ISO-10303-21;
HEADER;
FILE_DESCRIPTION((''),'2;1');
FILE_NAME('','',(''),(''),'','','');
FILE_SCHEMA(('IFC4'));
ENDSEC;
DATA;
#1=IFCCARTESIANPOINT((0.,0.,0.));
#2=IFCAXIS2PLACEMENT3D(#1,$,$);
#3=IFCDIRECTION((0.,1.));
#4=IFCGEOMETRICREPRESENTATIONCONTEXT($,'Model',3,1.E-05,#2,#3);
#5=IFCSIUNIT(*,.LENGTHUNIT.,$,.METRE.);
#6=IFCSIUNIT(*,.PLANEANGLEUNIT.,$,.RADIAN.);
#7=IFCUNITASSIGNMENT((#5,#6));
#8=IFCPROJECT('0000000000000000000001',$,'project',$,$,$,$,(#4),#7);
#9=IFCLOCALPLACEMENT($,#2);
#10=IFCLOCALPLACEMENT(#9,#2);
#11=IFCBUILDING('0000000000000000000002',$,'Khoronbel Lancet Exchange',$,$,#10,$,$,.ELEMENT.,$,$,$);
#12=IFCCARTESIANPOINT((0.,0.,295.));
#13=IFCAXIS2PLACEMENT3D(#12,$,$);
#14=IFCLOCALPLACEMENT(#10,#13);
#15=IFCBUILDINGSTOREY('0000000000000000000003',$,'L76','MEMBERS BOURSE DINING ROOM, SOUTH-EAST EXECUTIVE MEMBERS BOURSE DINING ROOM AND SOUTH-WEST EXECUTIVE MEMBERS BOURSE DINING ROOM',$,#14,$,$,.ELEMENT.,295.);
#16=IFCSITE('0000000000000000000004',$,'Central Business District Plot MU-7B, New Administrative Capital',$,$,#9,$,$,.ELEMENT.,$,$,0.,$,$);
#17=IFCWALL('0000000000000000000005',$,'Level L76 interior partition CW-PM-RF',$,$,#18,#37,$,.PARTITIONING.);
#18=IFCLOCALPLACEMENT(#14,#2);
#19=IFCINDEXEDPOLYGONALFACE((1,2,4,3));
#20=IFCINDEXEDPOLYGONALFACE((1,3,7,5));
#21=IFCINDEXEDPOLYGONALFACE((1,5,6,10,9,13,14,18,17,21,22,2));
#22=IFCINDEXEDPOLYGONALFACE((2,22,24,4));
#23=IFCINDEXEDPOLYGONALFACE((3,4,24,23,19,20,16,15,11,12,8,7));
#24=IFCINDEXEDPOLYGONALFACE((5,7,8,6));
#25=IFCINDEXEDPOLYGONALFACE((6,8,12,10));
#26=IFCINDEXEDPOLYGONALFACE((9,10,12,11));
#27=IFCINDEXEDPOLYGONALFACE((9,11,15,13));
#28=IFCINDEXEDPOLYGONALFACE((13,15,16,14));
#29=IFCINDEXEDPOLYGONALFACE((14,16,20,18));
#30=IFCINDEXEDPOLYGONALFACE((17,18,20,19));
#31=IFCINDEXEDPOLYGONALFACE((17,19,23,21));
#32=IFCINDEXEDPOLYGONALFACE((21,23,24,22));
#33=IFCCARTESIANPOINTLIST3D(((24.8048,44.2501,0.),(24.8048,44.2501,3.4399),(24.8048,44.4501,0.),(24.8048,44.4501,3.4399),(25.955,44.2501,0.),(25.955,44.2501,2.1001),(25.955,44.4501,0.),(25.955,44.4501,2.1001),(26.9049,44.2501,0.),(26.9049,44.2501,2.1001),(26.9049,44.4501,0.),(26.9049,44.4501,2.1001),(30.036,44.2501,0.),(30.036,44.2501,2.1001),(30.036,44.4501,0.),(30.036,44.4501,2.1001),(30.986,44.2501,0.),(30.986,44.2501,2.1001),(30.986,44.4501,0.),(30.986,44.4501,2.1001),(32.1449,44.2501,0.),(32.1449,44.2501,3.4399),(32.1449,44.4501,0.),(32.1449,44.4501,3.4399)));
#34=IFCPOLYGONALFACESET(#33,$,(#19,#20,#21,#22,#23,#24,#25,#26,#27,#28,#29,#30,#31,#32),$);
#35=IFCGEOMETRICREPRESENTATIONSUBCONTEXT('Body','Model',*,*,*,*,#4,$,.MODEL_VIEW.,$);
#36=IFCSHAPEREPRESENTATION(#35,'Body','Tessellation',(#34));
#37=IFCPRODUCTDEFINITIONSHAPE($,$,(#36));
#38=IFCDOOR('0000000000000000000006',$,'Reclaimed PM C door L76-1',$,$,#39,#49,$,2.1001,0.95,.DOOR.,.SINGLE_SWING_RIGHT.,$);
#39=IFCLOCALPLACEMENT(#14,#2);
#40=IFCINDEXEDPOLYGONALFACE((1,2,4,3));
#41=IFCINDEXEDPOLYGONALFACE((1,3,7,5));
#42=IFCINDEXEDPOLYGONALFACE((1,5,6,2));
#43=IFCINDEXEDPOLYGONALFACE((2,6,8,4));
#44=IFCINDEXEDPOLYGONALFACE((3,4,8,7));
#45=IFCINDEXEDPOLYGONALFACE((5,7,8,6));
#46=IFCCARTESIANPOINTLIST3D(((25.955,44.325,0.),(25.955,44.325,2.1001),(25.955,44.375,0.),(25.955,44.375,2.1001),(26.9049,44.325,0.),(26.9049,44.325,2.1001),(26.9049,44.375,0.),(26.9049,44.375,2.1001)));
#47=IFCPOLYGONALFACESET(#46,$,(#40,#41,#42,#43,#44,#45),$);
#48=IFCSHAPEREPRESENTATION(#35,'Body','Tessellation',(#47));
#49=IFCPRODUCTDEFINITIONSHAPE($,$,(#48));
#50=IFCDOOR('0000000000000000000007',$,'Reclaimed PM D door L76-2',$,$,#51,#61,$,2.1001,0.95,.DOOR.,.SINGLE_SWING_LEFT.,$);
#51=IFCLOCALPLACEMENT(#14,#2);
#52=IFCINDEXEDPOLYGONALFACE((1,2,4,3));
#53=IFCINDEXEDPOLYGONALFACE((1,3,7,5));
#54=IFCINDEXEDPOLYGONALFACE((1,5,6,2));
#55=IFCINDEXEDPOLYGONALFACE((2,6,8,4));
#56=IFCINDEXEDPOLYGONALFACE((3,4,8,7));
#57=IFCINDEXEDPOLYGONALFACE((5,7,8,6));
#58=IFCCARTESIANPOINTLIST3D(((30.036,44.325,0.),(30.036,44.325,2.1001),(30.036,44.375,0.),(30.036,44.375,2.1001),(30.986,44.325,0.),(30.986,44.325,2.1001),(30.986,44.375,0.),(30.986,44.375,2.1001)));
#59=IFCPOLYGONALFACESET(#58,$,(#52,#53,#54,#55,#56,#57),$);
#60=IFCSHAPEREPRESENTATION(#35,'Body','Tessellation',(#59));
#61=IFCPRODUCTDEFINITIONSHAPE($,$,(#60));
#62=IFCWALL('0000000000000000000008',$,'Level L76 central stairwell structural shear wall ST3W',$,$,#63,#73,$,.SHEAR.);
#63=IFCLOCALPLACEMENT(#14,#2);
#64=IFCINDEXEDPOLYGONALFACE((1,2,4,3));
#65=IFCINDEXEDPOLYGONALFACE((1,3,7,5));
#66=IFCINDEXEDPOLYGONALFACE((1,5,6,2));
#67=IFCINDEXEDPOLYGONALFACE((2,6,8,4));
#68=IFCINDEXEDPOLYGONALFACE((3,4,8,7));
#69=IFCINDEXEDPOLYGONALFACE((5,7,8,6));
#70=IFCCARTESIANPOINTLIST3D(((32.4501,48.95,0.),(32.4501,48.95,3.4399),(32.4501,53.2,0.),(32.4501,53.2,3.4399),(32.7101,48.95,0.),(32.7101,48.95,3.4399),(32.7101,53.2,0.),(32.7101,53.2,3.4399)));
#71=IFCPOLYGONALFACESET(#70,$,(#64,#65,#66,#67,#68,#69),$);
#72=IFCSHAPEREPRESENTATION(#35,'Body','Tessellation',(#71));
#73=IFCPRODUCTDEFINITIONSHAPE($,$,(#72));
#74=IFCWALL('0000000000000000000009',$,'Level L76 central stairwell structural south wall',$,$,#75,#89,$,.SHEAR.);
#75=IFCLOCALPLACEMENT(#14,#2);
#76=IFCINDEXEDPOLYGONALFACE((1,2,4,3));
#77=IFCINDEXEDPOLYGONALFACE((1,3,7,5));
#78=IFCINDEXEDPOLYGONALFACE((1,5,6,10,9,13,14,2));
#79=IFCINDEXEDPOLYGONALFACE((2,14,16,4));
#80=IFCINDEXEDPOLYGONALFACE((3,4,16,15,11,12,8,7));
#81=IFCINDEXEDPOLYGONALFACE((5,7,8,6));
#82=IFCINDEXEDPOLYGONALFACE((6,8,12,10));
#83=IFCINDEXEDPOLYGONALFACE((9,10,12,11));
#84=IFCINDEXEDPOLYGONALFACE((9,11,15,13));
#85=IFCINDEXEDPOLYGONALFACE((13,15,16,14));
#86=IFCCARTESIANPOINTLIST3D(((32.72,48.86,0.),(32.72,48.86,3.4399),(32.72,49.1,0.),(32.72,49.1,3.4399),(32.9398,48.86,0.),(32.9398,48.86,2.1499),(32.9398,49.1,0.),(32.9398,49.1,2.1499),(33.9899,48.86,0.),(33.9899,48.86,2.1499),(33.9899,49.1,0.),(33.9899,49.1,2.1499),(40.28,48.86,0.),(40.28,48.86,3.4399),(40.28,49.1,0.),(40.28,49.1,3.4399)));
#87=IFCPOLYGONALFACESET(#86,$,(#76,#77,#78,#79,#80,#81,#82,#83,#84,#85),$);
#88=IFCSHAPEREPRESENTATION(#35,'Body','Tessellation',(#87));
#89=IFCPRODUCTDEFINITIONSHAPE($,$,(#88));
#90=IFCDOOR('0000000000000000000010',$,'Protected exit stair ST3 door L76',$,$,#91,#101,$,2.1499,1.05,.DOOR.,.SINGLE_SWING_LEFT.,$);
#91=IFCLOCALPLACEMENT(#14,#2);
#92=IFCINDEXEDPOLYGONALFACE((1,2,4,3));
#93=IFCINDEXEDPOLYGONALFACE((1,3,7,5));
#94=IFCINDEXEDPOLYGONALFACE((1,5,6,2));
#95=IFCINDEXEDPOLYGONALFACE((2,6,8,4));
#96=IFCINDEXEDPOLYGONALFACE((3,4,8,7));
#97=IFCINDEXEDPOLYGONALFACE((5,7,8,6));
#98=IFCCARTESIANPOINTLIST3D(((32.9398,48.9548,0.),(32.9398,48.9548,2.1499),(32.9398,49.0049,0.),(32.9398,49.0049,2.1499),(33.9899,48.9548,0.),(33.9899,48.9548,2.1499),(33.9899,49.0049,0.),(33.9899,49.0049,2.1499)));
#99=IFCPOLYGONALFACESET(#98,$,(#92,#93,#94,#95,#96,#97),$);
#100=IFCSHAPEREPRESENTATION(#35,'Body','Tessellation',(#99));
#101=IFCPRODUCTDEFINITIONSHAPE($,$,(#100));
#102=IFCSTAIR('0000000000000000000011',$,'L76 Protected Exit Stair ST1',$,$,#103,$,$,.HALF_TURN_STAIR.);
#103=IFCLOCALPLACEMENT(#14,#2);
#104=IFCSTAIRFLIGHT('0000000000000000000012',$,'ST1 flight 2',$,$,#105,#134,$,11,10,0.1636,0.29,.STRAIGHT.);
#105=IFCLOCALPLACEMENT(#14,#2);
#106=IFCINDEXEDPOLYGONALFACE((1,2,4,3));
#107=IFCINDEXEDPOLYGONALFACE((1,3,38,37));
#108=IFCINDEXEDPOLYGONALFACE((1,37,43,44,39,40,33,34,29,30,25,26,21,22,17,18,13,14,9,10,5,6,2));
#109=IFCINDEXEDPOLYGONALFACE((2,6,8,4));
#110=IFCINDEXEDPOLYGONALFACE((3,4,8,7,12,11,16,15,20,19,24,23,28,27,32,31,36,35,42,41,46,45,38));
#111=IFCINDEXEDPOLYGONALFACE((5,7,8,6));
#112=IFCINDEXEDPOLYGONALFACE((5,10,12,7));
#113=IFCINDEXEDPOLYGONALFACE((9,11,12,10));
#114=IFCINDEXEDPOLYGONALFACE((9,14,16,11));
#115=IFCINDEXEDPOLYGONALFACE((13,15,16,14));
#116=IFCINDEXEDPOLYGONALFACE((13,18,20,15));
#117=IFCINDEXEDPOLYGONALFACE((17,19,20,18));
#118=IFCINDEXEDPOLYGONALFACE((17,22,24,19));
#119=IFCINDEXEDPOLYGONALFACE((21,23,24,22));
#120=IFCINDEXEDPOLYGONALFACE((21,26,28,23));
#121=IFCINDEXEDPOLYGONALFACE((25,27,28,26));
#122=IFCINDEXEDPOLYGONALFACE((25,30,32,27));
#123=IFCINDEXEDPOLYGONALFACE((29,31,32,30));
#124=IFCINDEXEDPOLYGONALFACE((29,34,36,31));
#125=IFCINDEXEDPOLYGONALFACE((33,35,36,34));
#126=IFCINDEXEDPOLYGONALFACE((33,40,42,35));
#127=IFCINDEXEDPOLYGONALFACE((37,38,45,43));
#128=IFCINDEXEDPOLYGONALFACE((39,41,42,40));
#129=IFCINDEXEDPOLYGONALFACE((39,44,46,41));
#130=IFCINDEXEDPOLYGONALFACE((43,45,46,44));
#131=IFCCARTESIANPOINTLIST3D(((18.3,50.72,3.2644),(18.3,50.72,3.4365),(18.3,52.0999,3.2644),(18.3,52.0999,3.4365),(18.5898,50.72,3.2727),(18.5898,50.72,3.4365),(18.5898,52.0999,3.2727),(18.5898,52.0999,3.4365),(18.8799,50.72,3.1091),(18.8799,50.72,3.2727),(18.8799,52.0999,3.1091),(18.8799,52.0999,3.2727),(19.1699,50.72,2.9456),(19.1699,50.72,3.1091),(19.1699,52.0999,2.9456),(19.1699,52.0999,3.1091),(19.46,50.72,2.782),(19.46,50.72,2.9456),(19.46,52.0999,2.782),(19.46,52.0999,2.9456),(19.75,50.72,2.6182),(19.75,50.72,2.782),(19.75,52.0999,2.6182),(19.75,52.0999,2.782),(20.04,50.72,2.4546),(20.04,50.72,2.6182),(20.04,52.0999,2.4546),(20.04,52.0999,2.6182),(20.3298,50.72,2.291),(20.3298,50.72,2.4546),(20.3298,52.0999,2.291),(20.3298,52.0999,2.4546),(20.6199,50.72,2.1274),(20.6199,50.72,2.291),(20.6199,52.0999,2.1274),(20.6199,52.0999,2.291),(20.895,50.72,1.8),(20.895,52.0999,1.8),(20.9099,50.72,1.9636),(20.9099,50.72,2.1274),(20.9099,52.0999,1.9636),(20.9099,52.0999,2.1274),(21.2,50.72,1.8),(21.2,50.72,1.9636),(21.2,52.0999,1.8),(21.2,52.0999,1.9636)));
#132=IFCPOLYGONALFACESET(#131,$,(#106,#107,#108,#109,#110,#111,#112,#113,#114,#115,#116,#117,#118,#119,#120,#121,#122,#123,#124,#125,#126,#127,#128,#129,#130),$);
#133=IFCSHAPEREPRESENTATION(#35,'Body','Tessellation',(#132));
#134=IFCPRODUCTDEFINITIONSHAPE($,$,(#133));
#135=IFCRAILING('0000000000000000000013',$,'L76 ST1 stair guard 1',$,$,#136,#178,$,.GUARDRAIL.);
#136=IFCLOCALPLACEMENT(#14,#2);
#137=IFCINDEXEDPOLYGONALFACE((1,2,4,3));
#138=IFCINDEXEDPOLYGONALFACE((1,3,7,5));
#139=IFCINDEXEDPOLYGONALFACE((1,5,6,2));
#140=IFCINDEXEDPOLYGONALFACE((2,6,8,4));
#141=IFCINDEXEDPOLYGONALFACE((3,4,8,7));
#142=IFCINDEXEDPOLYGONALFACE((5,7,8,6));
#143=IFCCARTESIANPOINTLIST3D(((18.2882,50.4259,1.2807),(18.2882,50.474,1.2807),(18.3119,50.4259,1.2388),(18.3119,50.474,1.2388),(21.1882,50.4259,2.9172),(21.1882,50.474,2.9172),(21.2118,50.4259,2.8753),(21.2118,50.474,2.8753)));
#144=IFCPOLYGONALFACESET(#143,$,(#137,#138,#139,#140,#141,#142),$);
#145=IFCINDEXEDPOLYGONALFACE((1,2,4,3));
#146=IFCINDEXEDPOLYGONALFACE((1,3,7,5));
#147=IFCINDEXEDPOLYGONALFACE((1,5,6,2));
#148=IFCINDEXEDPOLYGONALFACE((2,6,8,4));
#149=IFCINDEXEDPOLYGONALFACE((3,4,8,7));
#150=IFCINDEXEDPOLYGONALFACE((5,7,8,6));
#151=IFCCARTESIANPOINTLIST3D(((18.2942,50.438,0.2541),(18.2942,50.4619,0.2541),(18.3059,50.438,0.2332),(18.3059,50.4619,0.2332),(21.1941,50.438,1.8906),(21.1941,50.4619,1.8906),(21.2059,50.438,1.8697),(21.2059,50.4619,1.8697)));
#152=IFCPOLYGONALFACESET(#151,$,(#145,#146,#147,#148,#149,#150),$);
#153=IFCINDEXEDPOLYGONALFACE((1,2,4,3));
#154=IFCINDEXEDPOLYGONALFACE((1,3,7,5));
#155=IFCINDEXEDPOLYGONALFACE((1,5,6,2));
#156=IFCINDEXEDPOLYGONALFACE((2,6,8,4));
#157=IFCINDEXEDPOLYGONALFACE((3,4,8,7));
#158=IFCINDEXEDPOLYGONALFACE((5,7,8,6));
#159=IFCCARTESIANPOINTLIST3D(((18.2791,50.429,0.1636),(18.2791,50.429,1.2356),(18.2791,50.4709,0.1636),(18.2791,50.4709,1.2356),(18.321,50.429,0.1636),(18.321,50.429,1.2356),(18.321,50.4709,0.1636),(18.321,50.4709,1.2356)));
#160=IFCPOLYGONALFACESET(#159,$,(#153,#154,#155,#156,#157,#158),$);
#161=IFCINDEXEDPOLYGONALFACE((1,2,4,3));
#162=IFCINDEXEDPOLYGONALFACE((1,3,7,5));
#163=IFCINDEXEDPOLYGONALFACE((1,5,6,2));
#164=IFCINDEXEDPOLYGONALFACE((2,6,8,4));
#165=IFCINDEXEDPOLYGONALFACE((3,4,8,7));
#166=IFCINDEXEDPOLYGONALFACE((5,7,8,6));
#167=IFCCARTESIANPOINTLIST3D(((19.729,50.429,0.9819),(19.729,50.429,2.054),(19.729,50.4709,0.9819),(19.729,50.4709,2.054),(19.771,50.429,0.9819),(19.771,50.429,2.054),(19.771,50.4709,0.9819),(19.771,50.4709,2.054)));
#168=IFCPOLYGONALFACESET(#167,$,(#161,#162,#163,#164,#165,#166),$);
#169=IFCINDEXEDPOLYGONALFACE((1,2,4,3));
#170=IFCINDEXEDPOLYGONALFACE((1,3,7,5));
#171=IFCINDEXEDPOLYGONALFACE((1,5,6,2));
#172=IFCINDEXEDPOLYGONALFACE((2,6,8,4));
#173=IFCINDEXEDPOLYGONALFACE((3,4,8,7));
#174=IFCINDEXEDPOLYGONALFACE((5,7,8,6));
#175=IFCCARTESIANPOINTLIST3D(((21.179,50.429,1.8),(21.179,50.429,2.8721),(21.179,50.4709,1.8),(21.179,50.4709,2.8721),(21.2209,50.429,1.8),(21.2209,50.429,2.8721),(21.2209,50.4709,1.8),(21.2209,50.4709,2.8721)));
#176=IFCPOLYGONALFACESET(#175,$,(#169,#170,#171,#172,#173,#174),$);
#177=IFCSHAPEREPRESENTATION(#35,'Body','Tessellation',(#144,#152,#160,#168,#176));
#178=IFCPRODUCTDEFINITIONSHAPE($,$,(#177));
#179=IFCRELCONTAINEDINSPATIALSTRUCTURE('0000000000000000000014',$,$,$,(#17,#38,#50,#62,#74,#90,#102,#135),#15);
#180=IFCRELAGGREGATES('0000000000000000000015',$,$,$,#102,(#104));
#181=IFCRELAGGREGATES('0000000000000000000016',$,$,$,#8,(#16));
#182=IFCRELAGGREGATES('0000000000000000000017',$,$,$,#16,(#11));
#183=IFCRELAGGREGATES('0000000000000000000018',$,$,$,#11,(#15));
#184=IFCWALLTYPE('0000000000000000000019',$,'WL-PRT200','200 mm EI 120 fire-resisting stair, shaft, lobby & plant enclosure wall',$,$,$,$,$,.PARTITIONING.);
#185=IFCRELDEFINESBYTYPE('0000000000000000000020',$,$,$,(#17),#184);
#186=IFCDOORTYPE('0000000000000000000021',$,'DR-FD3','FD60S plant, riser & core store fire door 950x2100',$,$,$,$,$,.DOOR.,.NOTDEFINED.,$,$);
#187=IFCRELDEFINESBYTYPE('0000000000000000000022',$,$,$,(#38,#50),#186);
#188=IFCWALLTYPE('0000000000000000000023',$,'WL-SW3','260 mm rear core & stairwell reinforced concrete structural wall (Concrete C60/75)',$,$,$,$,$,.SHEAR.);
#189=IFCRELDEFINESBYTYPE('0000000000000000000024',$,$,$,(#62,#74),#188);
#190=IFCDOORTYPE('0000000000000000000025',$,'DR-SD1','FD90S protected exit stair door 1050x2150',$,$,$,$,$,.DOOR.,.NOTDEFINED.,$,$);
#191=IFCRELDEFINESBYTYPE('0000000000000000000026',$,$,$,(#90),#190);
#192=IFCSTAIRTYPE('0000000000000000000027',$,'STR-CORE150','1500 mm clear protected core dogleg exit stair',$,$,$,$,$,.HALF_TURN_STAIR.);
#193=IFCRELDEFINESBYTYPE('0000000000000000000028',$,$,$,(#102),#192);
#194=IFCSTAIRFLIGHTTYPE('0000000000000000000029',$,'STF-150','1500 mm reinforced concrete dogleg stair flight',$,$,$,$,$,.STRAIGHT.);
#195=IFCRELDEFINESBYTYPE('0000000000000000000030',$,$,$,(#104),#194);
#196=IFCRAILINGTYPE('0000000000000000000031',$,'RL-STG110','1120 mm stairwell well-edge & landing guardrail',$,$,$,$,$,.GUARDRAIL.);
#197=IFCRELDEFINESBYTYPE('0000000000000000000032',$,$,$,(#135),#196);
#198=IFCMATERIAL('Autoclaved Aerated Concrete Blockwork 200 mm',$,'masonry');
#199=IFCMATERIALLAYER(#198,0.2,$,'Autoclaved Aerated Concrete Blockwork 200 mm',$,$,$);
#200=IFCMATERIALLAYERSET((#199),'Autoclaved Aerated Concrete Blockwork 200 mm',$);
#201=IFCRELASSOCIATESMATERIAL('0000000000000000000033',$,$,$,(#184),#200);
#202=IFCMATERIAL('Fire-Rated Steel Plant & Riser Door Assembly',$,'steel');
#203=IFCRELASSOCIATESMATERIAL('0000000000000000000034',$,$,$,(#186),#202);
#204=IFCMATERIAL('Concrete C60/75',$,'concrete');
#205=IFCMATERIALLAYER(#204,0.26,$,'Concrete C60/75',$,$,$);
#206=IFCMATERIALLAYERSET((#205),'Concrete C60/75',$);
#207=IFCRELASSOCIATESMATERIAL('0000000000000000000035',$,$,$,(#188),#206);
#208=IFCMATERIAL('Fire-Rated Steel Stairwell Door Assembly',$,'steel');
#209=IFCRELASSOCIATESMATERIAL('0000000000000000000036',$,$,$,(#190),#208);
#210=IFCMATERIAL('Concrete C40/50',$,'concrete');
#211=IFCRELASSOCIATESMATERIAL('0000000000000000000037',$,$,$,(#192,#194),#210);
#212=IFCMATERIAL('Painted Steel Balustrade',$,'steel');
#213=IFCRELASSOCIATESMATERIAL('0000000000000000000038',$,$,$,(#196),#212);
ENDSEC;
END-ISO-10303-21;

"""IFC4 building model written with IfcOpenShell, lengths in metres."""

from ifc_helpers import new_model, si_unit, direction, frame, frame_2d, origin, origin_2d, place, context, subcontext, project, spatial, polyline, rectangle, outline, extrude, material, layer, layer_set, type_object, element, fill, aggregate, save


model = new_model("IFC4")

# Units and contexts
model_context = context("Model", 3, precision=1e-05, world=origin(), true_north=direction((0.0, 1.0)))
body_context = subcontext(model_context, "Body", "Model", "MODEL_VIEW")
ifc_project = project(units=[si_unit("LENGTHUNIT", "METRE"), si_unit("PLANEANGLEUNIT", "RADIAN")], contexts=[model_context])

# Site, building, storey
site_placement = place(None, origin())
site = spatial("IfcSite", under=ifc_project, at=site_placement, Name="Central Business District Plot MU-7B, New Administrative Capital", CompositionType="ELEMENT", RefElevation=0.0)
building_placement = place(site_placement, origin())
building = spatial("IfcBuilding", under=site, at=building_placement, Name="Khoronbel Lancet Exchange", CompositionType="ELEMENT")
storey_placement = place(building_placement, frame((0.0, 0.0, 295.0)))
storey = spatial("IfcBuildingStorey", under=building, at=storey_placement, Name="L76", Description="MEMBERS BOURSE DINING ROOM, SOUTH-EAST EXECUTIVE MEMBERS BOURSE DINING ROOM AND SOUTH-WEST EXECUTIVE MEMBERS BOURSE DINING ROOM", CompositionType="ELEMENT", Elevation=295.0)

# Shared definitions
ifc_material_1 = material(Name="Autoclaved Aerated Concrete Blockwork 200 mm", Category="masonry")
ifc_layer_1 = layer(ifc_material_1, 0.2, Name="Autoclaved Aerated Concrete Blockwork 200 mm")
ifc_layer_set_1 = layer_set([ifc_layer_1], Name="Autoclaved Aerated Concrete Blockwork 200 mm")
wall_type_1 = type_object("IfcWallType", Name="WL-PRT200", Description="200 mm EI 120 fire-resisting stair, shaft, lobby & plant enclosure wall", PredefinedType="PARTITIONING", material=ifc_layer_set_1)

# Wall, openings, doors
ifc_material_2 = material(Name="Fire-Rated Steel Plant & Riser Door Assembly", Category="steel")
door_type_1 = type_object("IfcDoorType", Name="DR-FD3", Description="FD60S plant, riser & core store fire door 950x2100", OperationType="NOTDEFINED", PredefinedType="DOOR", material=ifc_material_2)
wall_1_placement = place(storey_placement, frame((24.8049, 44.3501, 0.0), z_axis=(0.0, 0.0, 1.0), x_axis=(1.0, 0.0, 0.0)))
wall_1 = element("IfcWall", 1, at=wall_1_placement, inside=storey, type_object=wall_type_1, Name="Level L76 interior partition CW-PM-RF", PredefinedType="PARTITIONING", context=body_context, shape_type="SweptSolid", body=[
    extrude(rectangle(XDim=7.3401, YDim=0.2, at=frame_2d((3.6699, 0.0))), origin(), (0.0, 0.0, 1.0), 3.4399),
])
opening_1_placement = place(wall_1_placement, frame((1.1499, 0.0, 0.0)))
opening_1 = element("IfcOpeningElement", 2, at=opening_1_placement, cuts=wall_1, PredefinedType="OPENING", context=body_context, shape_type="SweptSolid", body=[
    extrude(rectangle(XDim=0.95, YDim=2.1001, at=frame_2d((0.4751, 1.05))), frame((0.0, 0.1099, 0.0), z_axis=(0.0, -1.0, 0.0), x_axis=(1.0, 0.0, 0.0)), (0.0, 0.0, 1.0), 0.22),
])
opening_2_placement = place(wall_1_placement, frame((5.231, 0.0, 0.0)))
opening_2 = element("IfcOpeningElement", 3, at=opening_2_placement, cuts=wall_1, PredefinedType="OPENING", context=body_context, shape_type="SweptSolid", body=[
    extrude(rectangle(XDim=0.95, YDim=2.1001, at=frame_2d((0.4751, 1.05))), frame((0.0, 0.1099, 0.0), z_axis=(0.0, -1.0, 0.0), x_axis=(1.0, 0.0, 0.0)), (0.0, 0.0, 1.0), 0.22),
])
door_1_placement = place(opening_1_placement, origin())
door_1 = element("IfcDoor", 4, at=door_1_placement, inside=storey, type_object=door_type_1, Name="Reclaimed PM C door L76-1", OperationType="SINGLE_SWING_RIGHT", OverallHeight=2.1001, OverallWidth=0.95, PredefinedType="DOOR", context=body_context, shape_type="SweptSolid", body=[
    extrude(rectangle(XDim=0.95, YDim=2.1001, at=frame_2d((0.4751, 1.05))), frame((0.0, 0.0249, 0.0), z_axis=(0.0, -1.0, 0.0), x_axis=(1.0, 0.0, 0.0)), (0.0, 0.0, 1.0), 0.05),
])
fill(opening_1, door_1)
door_2_placement = place(opening_2_placement, origin())
door_2 = element("IfcDoor", 5, at=door_2_placement, inside=storey, type_object=door_type_1, Name="Reclaimed PM D door L76-2", OperationType="SINGLE_SWING_LEFT", OverallHeight=2.1001, OverallWidth=0.95, PredefinedType="DOOR", context=body_context, shape_type="SweptSolid", body=[
    extrude(rectangle(XDim=0.95, YDim=2.1001, at=frame_2d((0.4751, 1.05))), frame((0.0, 0.0249, 0.0), z_axis=(0.0, -1.0, 0.0), x_axis=(1.0, 0.0, 0.0)), (0.0, 0.0, 1.0), 0.05),
])
fill(opening_2, door_2)

# Wall
ifc_material_3 = material(Name="Concrete C60/75", Category="concrete")
ifc_layer_2 = layer(ifc_material_3, 0.26, Name="Concrete C60/75")
ifc_layer_set_2 = layer_set([ifc_layer_2], Name="Concrete C60/75")
wall_type_2 = type_object("IfcWallType", Name="WL-SW3", Description="260 mm rear core & stairwell reinforced concrete structural wall (Concrete C60/75)", PredefinedType="SHEAR", material=ifc_layer_set_2)
wall_2_placement = place(storey_placement, frame((32.5801, 48.95, 0.0), z_axis=(0.0, 0.0, 1.0), x_axis=(0.0, 1.0, 0.0)))
element("IfcWall", 6, at=wall_2_placement, inside=storey, type_object=wall_type_2, Name="Level L76 central stairwell structural shear wall ST3W", PredefinedType="SHEAR", context=body_context, shape_type="SweptSolid", body=[
    extrude(rectangle(XDim=4.25, YDim=0.26, at=frame_2d((2.125, 0.0))), origin(), (0.0, 0.0, 1.0), 3.4399),
])

# Wall, opening, door
wall_3_placement = place(storey_placement, frame((32.72, 48.98, 0.0), z_axis=(0.0, 0.0, 1.0), x_axis=(1.0, 0.0, 0.0)))
wall_3 = element("IfcWall", 7, at=wall_3_placement, inside=storey, type_object=wall_type_2, Name="Level L76 central stairwell structural south wall", PredefinedType="SHEAR", context=body_context, shape_type="SweptSolid", body=[
    extrude(rectangle(XDim=7.5601, YDim=0.24, at=frame_2d((3.78, 0.0))), origin(), (0.0, 0.0, 1.0), 3.4399),
])
opening_3_placement = place(wall_3_placement, frame((0.22, 0.0, 0.0)))
opening_3 = element("IfcOpeningElement", 8, at=opening_3_placement, cuts=wall_3, PredefinedType="OPENING", context=body_context, shape_type="SweptSolid", body=[
    extrude(rectangle(XDim=1.05, YDim=2.1499, at=frame_2d((0.5249, 1.075))), frame((0.0, 0.1299, 0.0), z_axis=(0.0, -1.0, 0.0), x_axis=(1.0, 0.0, 0.0)), (0.0, 0.0, 1.0), 0.26),
])
ifc_material_4 = material(Name="Fire-Rated Steel Stairwell Door Assembly", Category="steel")
door_type_2 = type_object("IfcDoorType", Name="DR-SD1", Description="FD90S protected exit stair door 1050x2150", OperationType="NOTDEFINED", PredefinedType="DOOR", material=ifc_material_4)
door_3_placement = place(opening_3_placement, origin())
door_3 = element("IfcDoor", 9, at=door_3_placement, inside=storey, type_object=door_type_2, Name="Protected exit stair ST3 door L76", OperationType="SINGLE_SWING_LEFT", OverallHeight=2.1499, OverallWidth=1.05, PredefinedType="DOOR", context=body_context, shape_type="SweptSolid", body=[
    extrude(rectangle(XDim=1.05, YDim=2.1499, at=frame_2d((0.5249, 1.075))), frame((0.0, 0.0249, 0.0), z_axis=(0.0, -1.0, 0.0), x_axis=(1.0, 0.0, 0.0)), (0.0, 0.0, 1.0), 0.05),
])
fill(opening_3, door_3)

# Stair, stair flight
ifc_material_5 = material(Name="Concrete C40/50", Category="concrete")
stair_type = type_object("IfcStairType", Name="STR-CORE150", Description="1500 mm clear protected core dogleg exit stair", PredefinedType="HALF_TURN_STAIR", material=ifc_material_5)
stair_placement = place(storey_placement, origin())
stair = element("IfcStair", 10, at=stair_placement, inside=storey, type_object=stair_type, Name="L76 Protected Exit Stair ST1", PredefinedType="HALF_TURN_STAIR")
stair_flight_type = type_object("IfcStairFlightType", Name="STF-150", Description="1500 mm reinforced concrete dogleg stair flight", PredefinedType="STRAIGHT", material=ifc_material_5)
stair_flight_placement = place(storey_placement, frame((21.2, 51.4099, 1.8), z_axis=(0.0, 0.0, 1.0), x_axis=(-1.0, 0.0, 0.0)))
stair_flight = element("IfcStairFlight", 11, at=stair_flight_placement, type_object=stair_flight_type, Name="ST1 flight 2", NumberOfRisers=11, NumberOfTreads=10, PredefinedType="STRAIGHT", RiserHeight=0.1636, TreadLength=0.29, context=body_context, shape_type="SweptSolid", body=[
    extrude(outline(polyline([(0.0, 0.0), (0.0, 0.1636), (0.29, 0.1636), (0.29, 0.3274), (0.5801, 0.3274), (0.5801, 0.491), (0.8701, 0.491), (0.8701, 0.6545), (1.1599, 0.6545), (1.1599, 0.8181), (1.45, 0.8181), (1.45, 0.9819), (1.74, 0.9819), (1.74, 1.1455), (2.03, 1.1455), (2.03, 1.3091), (2.3201, 1.3091), (2.3201, 1.4727), (2.6101, 1.4727), (2.6101, 1.6365), (2.8999, 1.6365), (2.8999, 1.8), (2.8999, 1.4644), (0.3049, 0.0), (0.0, 0.0)])), frame((0.0, 0.6899, 0.0), z_axis=(0.0, -1.0, 0.0), x_axis=(1.0, 0.0, 0.0)), (0.0, 0.0, 1.0), 1.3799),
])
aggregate(stair, [stair_flight])

# Railing
ifc_material_6 = material(Name="Painted Steel Balustrade", Category="steel")
railing_type_1 = type_object("IfcRailingType", Name="RL-STG110", Description="1120 mm stairwell well-edge & landing guardrail", PredefinedType="GUARDRAIL", material=ifc_material_6)
railing_1_placement = place(storey_placement, frame((18.3, 50.45, 0.1636)))
element("IfcRailing", 12, at=railing_1_placement, inside=storey, type_object=railing_type_1, Name="L76 ST1 stair guard 1", PredefinedType="GUARDRAIL", context=body_context, shape_type="SweptSolid", body=[
    extrude(rectangle(XDim=0.0481, YDim=0.0481, at=origin_2d()), frame((0.0, 0.0, 1.0962), z_axis=(0.870897, 0.0, 0.491465), x_axis=(0.0, 1.0, 0.0)), (0.0, 0.0, 1.0), 3.3298),
    extrude(rectangle(XDim=0.0239, YDim=0.0239, at=origin_2d()), frame((0.0, 0.0, 0.0801), z_axis=(0.870897, 0.0, 0.491465), x_axis=(0.0, 1.0, 0.0)), (0.0, 0.0, 1.0), 3.3298),
    extrude(rectangle(XDim=0.042, YDim=0.042, at=origin_2d()), origin(), (0.0, 0.0, 1.0), 1.072),
    extrude(rectangle(XDim=0.042, YDim=0.042, at=origin_2d()), frame((1.45, 0.0, 0.8184)), (0.0, 0.0, 1.0), 1.072),
    extrude(rectangle(XDim=0.042, YDim=0.042, at=origin_2d()), frame((2.8999, 0.0, 1.6365)), (0.0, 0.0, 1.0), 1.072),
])

save(model, "model.ifc")
